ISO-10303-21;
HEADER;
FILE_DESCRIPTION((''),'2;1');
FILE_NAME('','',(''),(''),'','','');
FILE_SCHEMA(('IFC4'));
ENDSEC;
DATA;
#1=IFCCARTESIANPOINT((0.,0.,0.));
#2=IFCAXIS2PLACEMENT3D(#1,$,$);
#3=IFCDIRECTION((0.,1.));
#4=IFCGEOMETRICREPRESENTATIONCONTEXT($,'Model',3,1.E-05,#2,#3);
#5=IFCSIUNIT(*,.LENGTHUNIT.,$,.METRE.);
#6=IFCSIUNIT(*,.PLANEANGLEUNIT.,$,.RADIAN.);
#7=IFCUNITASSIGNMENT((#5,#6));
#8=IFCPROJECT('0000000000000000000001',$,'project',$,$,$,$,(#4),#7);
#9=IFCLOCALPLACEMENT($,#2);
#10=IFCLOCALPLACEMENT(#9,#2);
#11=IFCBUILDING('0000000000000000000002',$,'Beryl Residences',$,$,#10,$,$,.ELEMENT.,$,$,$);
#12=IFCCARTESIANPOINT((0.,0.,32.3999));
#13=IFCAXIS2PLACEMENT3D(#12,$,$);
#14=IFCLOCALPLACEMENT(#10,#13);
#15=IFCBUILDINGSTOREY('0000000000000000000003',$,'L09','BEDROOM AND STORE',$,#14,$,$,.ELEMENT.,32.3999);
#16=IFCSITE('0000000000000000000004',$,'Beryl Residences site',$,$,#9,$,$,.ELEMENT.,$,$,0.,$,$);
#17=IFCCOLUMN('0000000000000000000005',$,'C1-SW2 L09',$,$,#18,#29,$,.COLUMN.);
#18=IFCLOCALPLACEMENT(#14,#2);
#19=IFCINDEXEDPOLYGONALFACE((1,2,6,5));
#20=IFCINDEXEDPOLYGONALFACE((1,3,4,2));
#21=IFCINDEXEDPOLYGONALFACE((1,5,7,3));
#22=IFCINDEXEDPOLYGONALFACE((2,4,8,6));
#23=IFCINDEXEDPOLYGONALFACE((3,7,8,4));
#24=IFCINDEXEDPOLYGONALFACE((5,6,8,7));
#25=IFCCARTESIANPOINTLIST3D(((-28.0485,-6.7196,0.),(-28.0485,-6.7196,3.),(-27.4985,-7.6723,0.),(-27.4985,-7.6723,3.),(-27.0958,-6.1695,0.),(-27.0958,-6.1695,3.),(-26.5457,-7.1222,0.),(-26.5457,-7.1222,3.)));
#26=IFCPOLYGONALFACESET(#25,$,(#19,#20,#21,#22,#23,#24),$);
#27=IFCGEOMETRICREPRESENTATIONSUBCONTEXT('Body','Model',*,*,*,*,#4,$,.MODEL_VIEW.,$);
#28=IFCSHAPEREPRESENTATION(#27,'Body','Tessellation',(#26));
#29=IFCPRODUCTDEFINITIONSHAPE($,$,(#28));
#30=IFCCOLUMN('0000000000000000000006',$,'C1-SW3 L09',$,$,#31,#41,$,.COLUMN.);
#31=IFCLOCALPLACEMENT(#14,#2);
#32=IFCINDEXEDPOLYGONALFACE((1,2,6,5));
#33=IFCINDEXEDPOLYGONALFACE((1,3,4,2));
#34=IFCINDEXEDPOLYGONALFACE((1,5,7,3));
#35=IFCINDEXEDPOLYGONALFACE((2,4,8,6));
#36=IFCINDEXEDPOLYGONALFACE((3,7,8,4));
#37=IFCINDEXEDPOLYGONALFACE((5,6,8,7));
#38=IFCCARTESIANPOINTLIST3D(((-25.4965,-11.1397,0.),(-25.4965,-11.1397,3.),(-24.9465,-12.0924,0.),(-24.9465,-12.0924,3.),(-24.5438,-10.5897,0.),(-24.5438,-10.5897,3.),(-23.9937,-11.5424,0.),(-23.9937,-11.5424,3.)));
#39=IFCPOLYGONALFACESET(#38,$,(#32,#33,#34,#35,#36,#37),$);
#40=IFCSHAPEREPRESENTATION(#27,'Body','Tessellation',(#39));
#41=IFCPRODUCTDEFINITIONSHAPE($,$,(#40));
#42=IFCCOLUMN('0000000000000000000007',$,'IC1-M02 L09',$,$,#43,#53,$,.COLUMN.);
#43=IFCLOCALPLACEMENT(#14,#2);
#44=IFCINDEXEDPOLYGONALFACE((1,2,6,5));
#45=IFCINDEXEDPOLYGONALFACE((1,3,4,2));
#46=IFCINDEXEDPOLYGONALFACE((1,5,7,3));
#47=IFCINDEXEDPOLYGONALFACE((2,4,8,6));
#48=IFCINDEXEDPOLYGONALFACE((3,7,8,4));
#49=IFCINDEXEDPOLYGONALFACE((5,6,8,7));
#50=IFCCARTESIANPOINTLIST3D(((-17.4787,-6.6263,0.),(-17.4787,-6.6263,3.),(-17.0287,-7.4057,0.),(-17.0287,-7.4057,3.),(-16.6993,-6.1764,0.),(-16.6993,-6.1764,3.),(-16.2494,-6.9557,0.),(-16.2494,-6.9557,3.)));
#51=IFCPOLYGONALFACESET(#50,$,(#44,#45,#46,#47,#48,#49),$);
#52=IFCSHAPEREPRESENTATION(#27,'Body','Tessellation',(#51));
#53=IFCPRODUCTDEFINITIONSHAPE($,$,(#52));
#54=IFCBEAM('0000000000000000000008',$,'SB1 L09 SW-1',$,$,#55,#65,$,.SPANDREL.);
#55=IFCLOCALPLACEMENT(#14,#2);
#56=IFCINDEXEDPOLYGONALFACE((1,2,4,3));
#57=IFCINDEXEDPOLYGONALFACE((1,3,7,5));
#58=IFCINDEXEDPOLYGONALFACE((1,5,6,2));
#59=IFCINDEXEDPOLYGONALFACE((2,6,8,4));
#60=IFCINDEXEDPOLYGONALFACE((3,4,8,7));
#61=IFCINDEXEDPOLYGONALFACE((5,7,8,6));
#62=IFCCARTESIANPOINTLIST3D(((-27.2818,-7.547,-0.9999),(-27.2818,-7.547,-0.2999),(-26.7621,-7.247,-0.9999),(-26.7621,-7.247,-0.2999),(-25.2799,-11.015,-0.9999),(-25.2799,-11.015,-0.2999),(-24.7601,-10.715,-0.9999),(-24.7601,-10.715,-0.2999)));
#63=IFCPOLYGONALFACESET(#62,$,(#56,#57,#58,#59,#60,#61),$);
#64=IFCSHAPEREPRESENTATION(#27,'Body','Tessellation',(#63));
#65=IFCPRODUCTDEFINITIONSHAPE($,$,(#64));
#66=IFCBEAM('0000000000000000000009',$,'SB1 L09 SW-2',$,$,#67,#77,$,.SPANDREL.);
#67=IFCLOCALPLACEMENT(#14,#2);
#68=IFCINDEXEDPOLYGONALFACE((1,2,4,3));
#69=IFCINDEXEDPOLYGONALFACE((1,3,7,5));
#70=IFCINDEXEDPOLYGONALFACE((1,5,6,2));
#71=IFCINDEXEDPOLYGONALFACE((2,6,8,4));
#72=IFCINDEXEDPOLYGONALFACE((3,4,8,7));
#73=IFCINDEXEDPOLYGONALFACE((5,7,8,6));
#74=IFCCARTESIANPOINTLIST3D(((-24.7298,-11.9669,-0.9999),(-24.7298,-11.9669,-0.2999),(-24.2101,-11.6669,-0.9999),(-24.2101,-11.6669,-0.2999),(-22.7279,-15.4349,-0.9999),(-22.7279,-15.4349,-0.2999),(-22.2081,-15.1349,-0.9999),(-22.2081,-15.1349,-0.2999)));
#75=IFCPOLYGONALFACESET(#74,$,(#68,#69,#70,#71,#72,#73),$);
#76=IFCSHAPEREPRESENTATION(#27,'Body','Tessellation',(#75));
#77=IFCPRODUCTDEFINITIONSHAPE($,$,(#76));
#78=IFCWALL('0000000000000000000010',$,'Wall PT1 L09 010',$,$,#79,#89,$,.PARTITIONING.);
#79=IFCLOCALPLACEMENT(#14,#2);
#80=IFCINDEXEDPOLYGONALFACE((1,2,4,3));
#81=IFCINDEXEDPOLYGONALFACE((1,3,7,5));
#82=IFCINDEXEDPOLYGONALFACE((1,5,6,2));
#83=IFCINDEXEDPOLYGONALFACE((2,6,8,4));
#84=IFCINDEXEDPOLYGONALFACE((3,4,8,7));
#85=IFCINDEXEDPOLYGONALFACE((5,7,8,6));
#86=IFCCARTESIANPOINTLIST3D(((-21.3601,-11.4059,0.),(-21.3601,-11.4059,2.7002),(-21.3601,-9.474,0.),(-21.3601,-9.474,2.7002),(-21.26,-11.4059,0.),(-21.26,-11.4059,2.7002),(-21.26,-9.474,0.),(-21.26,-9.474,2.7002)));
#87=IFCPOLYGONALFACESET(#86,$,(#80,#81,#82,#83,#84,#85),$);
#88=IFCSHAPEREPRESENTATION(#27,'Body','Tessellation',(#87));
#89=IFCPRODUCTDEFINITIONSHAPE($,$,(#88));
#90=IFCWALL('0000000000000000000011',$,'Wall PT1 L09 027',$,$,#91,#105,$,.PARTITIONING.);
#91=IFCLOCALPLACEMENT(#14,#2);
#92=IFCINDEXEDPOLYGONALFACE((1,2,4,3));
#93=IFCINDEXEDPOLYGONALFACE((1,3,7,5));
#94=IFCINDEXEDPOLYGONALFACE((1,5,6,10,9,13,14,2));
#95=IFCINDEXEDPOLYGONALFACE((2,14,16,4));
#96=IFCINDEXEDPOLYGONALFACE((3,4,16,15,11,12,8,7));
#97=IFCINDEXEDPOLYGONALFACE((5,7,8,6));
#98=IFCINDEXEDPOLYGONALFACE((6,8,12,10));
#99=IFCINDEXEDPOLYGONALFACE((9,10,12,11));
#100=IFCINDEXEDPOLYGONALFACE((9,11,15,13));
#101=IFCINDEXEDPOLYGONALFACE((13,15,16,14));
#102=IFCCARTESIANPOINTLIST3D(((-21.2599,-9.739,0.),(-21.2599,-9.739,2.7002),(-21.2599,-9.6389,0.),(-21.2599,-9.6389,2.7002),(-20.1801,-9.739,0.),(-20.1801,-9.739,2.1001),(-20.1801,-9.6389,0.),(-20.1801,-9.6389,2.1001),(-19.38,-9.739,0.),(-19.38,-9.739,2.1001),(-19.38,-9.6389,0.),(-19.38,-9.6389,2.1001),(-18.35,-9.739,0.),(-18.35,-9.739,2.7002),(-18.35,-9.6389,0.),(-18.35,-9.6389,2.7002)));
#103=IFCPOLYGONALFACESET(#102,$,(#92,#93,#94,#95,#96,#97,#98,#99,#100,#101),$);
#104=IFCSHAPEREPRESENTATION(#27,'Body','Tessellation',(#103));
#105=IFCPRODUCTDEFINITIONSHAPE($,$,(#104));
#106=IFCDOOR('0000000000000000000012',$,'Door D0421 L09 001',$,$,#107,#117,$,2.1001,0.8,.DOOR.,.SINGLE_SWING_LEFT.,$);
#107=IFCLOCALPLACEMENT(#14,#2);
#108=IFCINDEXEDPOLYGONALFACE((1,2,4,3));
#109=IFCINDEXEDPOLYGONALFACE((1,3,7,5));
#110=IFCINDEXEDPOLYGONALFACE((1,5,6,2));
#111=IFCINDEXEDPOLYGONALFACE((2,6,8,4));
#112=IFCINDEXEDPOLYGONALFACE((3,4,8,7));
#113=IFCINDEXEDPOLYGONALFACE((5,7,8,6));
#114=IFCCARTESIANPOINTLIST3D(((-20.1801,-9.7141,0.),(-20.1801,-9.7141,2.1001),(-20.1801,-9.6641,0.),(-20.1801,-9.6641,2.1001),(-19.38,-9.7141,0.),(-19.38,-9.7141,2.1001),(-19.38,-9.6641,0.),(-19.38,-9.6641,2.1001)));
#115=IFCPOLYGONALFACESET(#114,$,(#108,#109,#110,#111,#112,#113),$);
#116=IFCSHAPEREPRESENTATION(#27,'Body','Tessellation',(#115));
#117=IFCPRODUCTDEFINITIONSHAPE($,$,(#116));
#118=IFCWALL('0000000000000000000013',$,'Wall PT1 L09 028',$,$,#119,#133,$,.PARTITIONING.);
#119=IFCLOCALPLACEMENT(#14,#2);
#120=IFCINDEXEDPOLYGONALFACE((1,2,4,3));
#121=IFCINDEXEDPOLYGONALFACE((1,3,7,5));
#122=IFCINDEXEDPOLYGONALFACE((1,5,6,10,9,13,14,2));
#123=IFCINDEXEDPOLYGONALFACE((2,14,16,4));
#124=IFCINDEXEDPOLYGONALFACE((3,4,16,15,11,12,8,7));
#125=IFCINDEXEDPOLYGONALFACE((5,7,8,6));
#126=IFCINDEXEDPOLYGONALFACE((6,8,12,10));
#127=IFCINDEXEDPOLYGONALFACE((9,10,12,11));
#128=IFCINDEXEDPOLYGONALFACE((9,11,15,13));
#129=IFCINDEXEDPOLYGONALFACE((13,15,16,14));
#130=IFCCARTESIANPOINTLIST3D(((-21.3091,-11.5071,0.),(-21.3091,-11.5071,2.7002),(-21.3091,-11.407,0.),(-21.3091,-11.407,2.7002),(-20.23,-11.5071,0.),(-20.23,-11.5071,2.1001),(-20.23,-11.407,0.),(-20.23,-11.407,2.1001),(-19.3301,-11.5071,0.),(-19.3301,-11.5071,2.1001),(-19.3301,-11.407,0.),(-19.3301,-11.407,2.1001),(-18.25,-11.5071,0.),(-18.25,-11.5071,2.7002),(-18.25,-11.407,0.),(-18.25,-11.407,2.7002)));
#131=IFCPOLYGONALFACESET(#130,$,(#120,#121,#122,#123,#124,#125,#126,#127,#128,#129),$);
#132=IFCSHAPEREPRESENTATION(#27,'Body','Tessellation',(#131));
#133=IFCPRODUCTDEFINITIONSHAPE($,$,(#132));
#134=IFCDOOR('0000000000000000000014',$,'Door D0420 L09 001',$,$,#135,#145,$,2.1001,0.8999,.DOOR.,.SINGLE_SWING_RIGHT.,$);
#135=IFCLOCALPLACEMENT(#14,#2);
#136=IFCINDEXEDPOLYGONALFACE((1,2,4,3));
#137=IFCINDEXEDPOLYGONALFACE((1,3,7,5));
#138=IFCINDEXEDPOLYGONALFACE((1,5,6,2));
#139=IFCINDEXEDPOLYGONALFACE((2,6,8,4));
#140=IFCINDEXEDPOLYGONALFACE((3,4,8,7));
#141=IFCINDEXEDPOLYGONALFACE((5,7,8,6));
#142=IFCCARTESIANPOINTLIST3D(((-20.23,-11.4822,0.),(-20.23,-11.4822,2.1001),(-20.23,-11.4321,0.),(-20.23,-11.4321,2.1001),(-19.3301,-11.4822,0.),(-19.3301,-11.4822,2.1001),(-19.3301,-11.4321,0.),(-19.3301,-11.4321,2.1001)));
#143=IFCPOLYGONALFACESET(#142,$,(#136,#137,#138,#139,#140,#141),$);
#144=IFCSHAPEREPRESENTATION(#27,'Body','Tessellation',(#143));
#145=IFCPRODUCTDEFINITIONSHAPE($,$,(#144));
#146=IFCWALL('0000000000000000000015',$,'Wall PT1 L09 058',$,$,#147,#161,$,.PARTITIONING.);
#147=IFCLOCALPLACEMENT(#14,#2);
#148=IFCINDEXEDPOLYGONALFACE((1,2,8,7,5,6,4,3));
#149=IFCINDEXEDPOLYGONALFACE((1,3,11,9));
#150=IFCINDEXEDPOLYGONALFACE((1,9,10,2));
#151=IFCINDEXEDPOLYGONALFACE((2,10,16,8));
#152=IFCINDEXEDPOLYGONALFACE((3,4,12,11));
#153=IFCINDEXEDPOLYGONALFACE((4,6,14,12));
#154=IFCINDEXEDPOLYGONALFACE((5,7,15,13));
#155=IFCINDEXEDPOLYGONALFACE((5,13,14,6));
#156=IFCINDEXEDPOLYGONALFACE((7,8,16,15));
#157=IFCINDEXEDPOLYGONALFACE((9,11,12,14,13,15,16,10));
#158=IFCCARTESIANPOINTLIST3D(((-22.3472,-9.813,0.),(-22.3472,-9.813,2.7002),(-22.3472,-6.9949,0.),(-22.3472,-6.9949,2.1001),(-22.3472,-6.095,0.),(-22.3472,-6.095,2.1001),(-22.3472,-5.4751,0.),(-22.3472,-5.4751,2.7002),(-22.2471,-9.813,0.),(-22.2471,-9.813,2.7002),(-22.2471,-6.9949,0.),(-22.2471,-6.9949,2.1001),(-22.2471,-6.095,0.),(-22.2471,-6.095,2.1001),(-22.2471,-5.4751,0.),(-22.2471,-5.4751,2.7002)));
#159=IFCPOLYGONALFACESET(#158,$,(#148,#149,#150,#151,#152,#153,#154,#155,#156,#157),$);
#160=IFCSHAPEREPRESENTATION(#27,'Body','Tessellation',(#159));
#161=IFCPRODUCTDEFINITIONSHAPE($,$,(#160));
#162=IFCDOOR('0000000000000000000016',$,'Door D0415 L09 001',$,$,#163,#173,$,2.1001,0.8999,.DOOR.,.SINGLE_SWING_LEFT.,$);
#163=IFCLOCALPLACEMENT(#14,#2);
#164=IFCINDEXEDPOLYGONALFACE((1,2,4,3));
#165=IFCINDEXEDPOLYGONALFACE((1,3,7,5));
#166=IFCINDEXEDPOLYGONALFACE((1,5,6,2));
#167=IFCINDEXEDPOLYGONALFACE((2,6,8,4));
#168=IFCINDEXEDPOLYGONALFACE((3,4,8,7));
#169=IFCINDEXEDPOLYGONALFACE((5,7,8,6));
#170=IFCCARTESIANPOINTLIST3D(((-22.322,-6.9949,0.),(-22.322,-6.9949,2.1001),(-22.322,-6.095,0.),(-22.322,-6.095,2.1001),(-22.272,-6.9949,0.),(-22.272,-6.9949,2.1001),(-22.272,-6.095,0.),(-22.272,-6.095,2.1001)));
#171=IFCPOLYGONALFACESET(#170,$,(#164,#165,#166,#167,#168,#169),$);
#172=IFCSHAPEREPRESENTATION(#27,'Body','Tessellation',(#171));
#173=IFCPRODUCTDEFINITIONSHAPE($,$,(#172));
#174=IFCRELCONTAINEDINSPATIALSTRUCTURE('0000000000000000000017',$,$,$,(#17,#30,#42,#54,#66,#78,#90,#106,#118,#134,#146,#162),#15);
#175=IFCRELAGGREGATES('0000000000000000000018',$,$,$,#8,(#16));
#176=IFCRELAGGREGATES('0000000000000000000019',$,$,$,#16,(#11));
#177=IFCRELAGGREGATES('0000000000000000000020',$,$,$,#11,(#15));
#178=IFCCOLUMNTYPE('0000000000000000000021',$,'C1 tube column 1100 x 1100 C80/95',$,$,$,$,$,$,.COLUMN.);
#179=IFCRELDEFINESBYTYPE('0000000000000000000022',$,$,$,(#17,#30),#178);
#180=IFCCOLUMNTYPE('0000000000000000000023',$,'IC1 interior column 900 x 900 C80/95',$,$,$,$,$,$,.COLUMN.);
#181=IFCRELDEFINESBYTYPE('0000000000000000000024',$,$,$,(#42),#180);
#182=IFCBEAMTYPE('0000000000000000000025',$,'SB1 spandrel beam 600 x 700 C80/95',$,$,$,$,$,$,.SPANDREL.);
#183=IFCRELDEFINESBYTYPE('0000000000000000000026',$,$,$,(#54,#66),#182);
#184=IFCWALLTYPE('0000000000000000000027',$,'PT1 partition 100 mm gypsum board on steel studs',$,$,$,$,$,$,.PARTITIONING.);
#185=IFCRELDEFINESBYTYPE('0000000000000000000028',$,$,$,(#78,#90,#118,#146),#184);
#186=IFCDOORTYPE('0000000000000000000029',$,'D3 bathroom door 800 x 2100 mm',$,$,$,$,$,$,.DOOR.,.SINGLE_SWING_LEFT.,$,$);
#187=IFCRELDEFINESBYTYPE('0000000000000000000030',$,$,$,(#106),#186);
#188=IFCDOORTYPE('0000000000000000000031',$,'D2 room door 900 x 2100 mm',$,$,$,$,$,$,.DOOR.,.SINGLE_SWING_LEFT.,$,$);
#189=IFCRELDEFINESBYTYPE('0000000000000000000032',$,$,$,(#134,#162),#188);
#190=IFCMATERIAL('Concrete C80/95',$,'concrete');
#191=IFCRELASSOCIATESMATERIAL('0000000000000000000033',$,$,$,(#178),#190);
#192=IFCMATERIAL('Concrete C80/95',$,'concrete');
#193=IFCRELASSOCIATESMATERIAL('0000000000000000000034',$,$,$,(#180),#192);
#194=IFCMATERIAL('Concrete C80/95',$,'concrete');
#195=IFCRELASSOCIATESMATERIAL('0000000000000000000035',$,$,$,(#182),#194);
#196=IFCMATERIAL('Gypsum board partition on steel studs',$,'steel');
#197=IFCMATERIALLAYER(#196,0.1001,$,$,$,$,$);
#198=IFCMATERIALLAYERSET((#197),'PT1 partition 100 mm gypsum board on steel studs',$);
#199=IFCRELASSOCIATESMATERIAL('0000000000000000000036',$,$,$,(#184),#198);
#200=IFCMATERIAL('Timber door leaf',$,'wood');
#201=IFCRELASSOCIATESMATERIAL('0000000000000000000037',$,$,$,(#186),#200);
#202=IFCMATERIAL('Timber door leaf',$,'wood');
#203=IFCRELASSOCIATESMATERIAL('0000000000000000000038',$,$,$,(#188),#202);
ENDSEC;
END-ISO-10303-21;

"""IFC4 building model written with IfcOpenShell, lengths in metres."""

from ifc_helpers import new_model, si_unit, direction, frame, frame_2d, origin, origin_2d, place, context, subcontext, project, spatial, rectangle, extrude, material, layer, layer_set, material_profile, profile_set, type_object, element, fill, save


model = new_model("IFC4")

# Units and contexts
model_context = context("Model", 3, precision=1e-05, world=origin(), true_north=direction((0.0, 1.0)))
body_context = subcontext(model_context, "Body", "Model", "MODEL_VIEW")
ifc_project = project(units=[si_unit("LENGTHUNIT", "METRE"), si_unit("PLANEANGLEUNIT", "RADIAN")], contexts=[model_context])

# Site, building, storey
site_placement = place(None, origin())
site = spatial("IfcSite", under=ifc_project, at=site_placement, Name="Beryl Residences site", CompositionType="ELEMENT", RefElevation=0.0)
building_placement = place(site_placement, origin())
building = spatial("IfcBuilding", under=site, at=building_placement, Name="Beryl Residences", CompositionType="ELEMENT")
storey_placement = place(building_placement, frame((0.0, 0.0, 32.3999)))
storey = spatial("IfcBuildingStorey", under=building, at=storey_placement, Name="L09", Description="BEDROOM AND STORE", CompositionType="ELEMENT", Elevation=32.3999)

# Columns
ifc_material_1 = material(Name="Concrete C80/95", Category="concrete")
ifc_material_profile_1 = material_profile(ifc_material_1, rectangle(XDim=1.1001, YDim=1.1001, at=origin_2d()))
ifc_profile_set_1 = profile_set([ifc_material_profile_1], Name="Concrete C80/95")
column_type_1 = type_object("IfcColumnType", Name="C1 tube column 1100 x 1100 C80/95", PredefinedType="COLUMN", material=ifc_profile_set_1)
for number, where, z_axis, x_axis, name in (
    (1, (-27.2971, -6.9209, 0.0), (0.0, 0.0, 1.0), (0.499985, -0.866034, 0.0), "C1-SW2 L09"),
    (2, (-24.7451, -11.3411, 0.0), (0.0, 0.0, 1.0), (0.499985, -0.866034, 0.0), "C1-SW3 L09"),
):
    element("IfcColumn", number, at=place(storey_placement, frame(where, z_axis=z_axis, x_axis=x_axis)), inside=storey, type_object=column_type_1, Name=name, PredefinedType="COLUMN", context=body_context, shape_type="SweptSolid", body=[
        extrude(rectangle(XDim=1.1001, YDim=1.1001, at=origin_2d()), origin(), (0.0, 0.0, 1.0), 3.0),
    ])
ifc_material_2 = material(Name="Concrete C80/95", Category="concrete")
ifc_material_profile_2 = material_profile(ifc_material_2, rectangle(XDim=0.8999, YDim=0.8999, at=origin_2d()))
ifc_profile_set_2 = profile_set([ifc_material_profile_2], Name="Concrete C80/95")
column_type_2 = type_object("IfcColumnType", Name="IC1 interior column 900 x 900 C80/95", PredefinedType="COLUMN", material=ifc_profile_set_2)
column_placement = place(storey_placement, frame((-16.864, -6.791, 0.0), z_axis=(0.0, 0.0, 1.0), x_axis=(0.499985, -0.866034, 0.0)))
element("IfcColumn", 3, at=column_placement, inside=storey, type_object=column_type_2, Name="IC1-M02 L09", PredefinedType="COLUMN", context=body_context, shape_type="SweptSolid", body=[
    extrude(rectangle(XDim=0.8999, YDim=0.8999, at=origin_2d()), origin(), (0.0, 0.0, 1.0), 3.0),
])

# Beams
ifc_material_3 = material(Name="Concrete C80/95", Category="concrete")
ifc_material_profile_3 = material_profile(ifc_material_3, rectangle(XDim=0.6001, YDim=0.7, at=origin_2d()))
ifc_profile_set_3 = profile_set([ifc_material_profile_3], Name="Concrete C80/95")
beam_type = type_object("IfcBeamType", Name="SB1 spandrel beam 600 x 700 C80/95", PredefinedType="SPANDREL", material=ifc_profile_set_3)
for number, where, z_axis, x_axis, name in (
    (4, (-27.022, -7.397, -0.6499), (0.499942, -0.866059, 0.0), (0.866059, 0.499942, 0.0), "SB1 L09 SW-1"),
    (5, (-24.47, -11.8169, -0.6499), (0.499942, -0.866059, 0.0), (0.866059, 0.499942, 0.0), "SB1 L09 SW-2"),
):
    element("IfcBeam", number, at=place(storey_placement, frame(where, z_axis=z_axis, x_axis=x_axis)), inside=storey, type_object=beam_type, Name=name, PredefinedType="SPANDREL", context=body_context, shape_type="SweptSolid", body=[
        extrude(rectangle(XDim=0.6001, YDim=0.7, at=origin_2d()), origin(), (0.0, 0.0, 1.0), 4.0044),
    ])

# Wall
ifc_material_4 = material(Name="Gypsum board partition on steel studs", Category="steel")
ifc_layer_1 = layer(ifc_material_4, 0.1001)
ifc_layer_set_1 = layer_set([ifc_layer_1], Name="PT1 partition 100 mm gypsum board on steel studs")
wall_type_1 = type_object("IfcWallType", Name="PT1 partition 100 mm gypsum board on steel studs", PredefinedType="PARTITIONING", material=ifc_layer_set_1)
wall_1_placement = place(storey_placement, frame((-21.3101, -9.4741, 0.0), z_axis=(0.0, 0.0, 1.0), x_axis=(0.0, -1.0, 0.0)))
element("IfcWall", 6, at=wall_1_placement, inside=storey, type_object=wall_type_1, Name="Wall PT1 L09 010", PredefinedType="PARTITIONING", context=body_context, shape_type="SweptSolid", body=[
    extrude(rectangle(XDim=1.9319, YDim=0.1001, at=frame_2d((0.9658, 0.0))), origin(), (0.0, 0.0, 1.0), 2.7002),
])

# Walls, openings, doors
wall_2_placement = place(storey_placement, frame((-21.26, -9.689, 0.0), z_axis=(0.0, 0.0, 1.0), x_axis=(1.0, 0.0, 0.0)))
wall_2 = element("IfcWall", 7, at=wall_2_placement, inside=storey, type_object=wall_type_1, Name="Wall PT1 L09 027", PredefinedType="PARTITIONING", context=body_context, shape_type="SweptSolid", body=[
    extrude(rectangle(XDim=2.9099, YDim=0.1001, at=frame_2d((1.4551, 0.0))), origin(), (0.0, 0.0, 1.0), 2.7002),
])
opening_1_placement = place(wall_2_placement, frame((1.0801, 0.0, 0.0)))
opening_1 = element("IfcOpeningElement", 8, at=opening_1_placement, cuts=wall_2, PredefinedType="OPENING", context=body_context, shape_type="SweptSolid", body=[
    extrude(rectangle(XDim=0.8, YDim=2.1001, at=frame_2d((0.3999, 1.05))), frame((0.0, 0.0601, 0.0), z_axis=(0.0, -1.0, 0.0), x_axis=(1.0, 0.0, 0.0)), (0.0, 0.0, 1.0), 0.1201),
])
ifc_material_5 = material(Name="Timber door leaf", Category="wood")
door_type_1 = type_object("IfcDoorType", Name="D3 bathroom door 800 x 2100 mm", OperationType="SINGLE_SWING_LEFT", PredefinedType="DOOR", material=ifc_material_5)
door_1_placement = place(opening_1_placement, origin())
door_1 = element("IfcDoor", 9, at=door_1_placement, inside=storey, type_object=door_type_1, Name="Door D0421 L09 001", OperationType="SINGLE_SWING_LEFT", OverallHeight=2.1001, OverallWidth=0.8, PredefinedType="DOOR", context=body_context, shape_type="SweptSolid", body=[
    extrude(rectangle(XDim=0.8, YDim=2.1001, at=frame_2d((0.3999, 1.05))), frame((0.0, 0.0249, 0.0), z_axis=(0.0, -1.0, 0.0), x_axis=(1.0, 0.0, 0.0)), (0.0, 0.0, 1.0), 0.05),
])
fill(opening_1, door_1)
wall_3_placement = place(storey_placement, frame((-21.3091, -11.457, 0.0), z_axis=(0.0, 0.0, 1.0), x_axis=(1.0, 0.0, 0.0)))
wall_3 = element("IfcWall", 10, at=wall_3_placement, inside=storey, type_object=wall_type_1, Name="Wall PT1 L09 028", PredefinedType="PARTITIONING", context=body_context, shape_type="SweptSolid", body=[
    extrude(rectangle(XDim=3.0591, YDim=0.1001, at=frame_2d((1.5295, 0.0))), origin(), (0.0, 0.0, 1.0), 2.7002),
])
opening_2_placement = place(wall_3_placement, frame((1.0791, 0.0, 0.0)))
opening_2 = element("IfcOpeningElement", 11, at=opening_2_placement, cuts=wall_3, PredefinedType="OPENING", context=body_context, shape_type="SweptSolid", body=[
    extrude(rectangle(XDim=0.8999, YDim=2.1001, at=frame_2d((0.45, 1.05))), frame((0.0, 0.0601, 0.0), z_axis=(0.0, -1.0, 0.0), x_axis=(1.0, 0.0, 0.0)), (0.0, 0.0, 1.0), 0.1201),
])
ifc_material_6 = material(Name="Timber door leaf", Category="wood")
door_type_2 = type_object("IfcDoorType", Name="D2 room door 900 x 2100 mm", OperationType="SINGLE_SWING_LEFT", PredefinedType="DOOR", material=ifc_material_6)
door_2_placement = place(opening_2_placement, origin())
door_2 = element("IfcDoor", 12, at=door_2_placement, inside=storey, type_object=door_type_2, Name="Door D0420 L09 001", OperationType="SINGLE_SWING_RIGHT", OverallHeight=2.1001, OverallWidth=0.8999, PredefinedType="DOOR", context=body_context, shape_type="SweptSolid", body=[
    extrude(rectangle(XDim=0.8999, YDim=2.1001, at=frame_2d((0.45, 1.05))), frame((0.0, 0.0249, 0.0), z_axis=(0.0, -1.0, 0.0), x_axis=(1.0, 0.0, 0.0)), (0.0, 0.0, 1.0), 0.05),
])
fill(opening_2, door_2)
wall_4_placement = place(storey_placement, frame((-22.2971, -9.813, 0.0), z_axis=(0.0, 0.0, 1.0), x_axis=(0.0, 1.0, 0.0)))
wall_4 = element("IfcWall", 13, at=wall_4_placement, inside=storey, type_object=wall_type_1, Name="Wall PT1 L09 058", PredefinedType="PARTITIONING", context=body_context, shape_type="SweptSolid", body=[
    extrude(rectangle(XDim=4.3379, YDim=0.1001, at=frame_2d((2.1689, 0.0))), origin(), (0.0, 0.0, 1.0), 2.7002),
])
opening_3_placement = place(wall_4_placement, frame((2.8181, 0.0, 0.0)))
opening_3 = element("IfcOpeningElement", 14, at=opening_3_placement, cuts=wall_4, PredefinedType="OPENING", context=body_context, shape_type="SweptSolid", body=[
    extrude(rectangle(XDim=0.8999, YDim=2.1001, at=frame_2d((0.45, 1.05))), frame((0.0, 0.0601, 0.0), z_axis=(0.0, -1.0, 0.0), x_axis=(1.0, 0.0, 0.0)), (0.0, 0.0, 1.0), 0.1201),
])
door_3_placement = place(opening_3_placement, origin())
door_3 = element("IfcDoor", 15, at=door_3_placement, inside=storey, type_object=door_type_2, Name="Door D0415 L09 001", OperationType="SINGLE_SWING_LEFT", OverallHeight=2.1001, OverallWidth=0.8999, PredefinedType="DOOR", context=body_context, shape_type="SweptSolid", body=[
    extrude(rectangle(XDim=0.8999, YDim=2.1001, at=frame_2d((0.45, 1.05))), frame((0.0, 0.0249, 0.0), z_axis=(0.0, -1.0, 0.0), x_axis=(1.0, 0.0, 0.0)), (0.0, 0.0, 1.0), 0.05),
])
fill(opening_3, door_3)

save(model, "model.ifc")
